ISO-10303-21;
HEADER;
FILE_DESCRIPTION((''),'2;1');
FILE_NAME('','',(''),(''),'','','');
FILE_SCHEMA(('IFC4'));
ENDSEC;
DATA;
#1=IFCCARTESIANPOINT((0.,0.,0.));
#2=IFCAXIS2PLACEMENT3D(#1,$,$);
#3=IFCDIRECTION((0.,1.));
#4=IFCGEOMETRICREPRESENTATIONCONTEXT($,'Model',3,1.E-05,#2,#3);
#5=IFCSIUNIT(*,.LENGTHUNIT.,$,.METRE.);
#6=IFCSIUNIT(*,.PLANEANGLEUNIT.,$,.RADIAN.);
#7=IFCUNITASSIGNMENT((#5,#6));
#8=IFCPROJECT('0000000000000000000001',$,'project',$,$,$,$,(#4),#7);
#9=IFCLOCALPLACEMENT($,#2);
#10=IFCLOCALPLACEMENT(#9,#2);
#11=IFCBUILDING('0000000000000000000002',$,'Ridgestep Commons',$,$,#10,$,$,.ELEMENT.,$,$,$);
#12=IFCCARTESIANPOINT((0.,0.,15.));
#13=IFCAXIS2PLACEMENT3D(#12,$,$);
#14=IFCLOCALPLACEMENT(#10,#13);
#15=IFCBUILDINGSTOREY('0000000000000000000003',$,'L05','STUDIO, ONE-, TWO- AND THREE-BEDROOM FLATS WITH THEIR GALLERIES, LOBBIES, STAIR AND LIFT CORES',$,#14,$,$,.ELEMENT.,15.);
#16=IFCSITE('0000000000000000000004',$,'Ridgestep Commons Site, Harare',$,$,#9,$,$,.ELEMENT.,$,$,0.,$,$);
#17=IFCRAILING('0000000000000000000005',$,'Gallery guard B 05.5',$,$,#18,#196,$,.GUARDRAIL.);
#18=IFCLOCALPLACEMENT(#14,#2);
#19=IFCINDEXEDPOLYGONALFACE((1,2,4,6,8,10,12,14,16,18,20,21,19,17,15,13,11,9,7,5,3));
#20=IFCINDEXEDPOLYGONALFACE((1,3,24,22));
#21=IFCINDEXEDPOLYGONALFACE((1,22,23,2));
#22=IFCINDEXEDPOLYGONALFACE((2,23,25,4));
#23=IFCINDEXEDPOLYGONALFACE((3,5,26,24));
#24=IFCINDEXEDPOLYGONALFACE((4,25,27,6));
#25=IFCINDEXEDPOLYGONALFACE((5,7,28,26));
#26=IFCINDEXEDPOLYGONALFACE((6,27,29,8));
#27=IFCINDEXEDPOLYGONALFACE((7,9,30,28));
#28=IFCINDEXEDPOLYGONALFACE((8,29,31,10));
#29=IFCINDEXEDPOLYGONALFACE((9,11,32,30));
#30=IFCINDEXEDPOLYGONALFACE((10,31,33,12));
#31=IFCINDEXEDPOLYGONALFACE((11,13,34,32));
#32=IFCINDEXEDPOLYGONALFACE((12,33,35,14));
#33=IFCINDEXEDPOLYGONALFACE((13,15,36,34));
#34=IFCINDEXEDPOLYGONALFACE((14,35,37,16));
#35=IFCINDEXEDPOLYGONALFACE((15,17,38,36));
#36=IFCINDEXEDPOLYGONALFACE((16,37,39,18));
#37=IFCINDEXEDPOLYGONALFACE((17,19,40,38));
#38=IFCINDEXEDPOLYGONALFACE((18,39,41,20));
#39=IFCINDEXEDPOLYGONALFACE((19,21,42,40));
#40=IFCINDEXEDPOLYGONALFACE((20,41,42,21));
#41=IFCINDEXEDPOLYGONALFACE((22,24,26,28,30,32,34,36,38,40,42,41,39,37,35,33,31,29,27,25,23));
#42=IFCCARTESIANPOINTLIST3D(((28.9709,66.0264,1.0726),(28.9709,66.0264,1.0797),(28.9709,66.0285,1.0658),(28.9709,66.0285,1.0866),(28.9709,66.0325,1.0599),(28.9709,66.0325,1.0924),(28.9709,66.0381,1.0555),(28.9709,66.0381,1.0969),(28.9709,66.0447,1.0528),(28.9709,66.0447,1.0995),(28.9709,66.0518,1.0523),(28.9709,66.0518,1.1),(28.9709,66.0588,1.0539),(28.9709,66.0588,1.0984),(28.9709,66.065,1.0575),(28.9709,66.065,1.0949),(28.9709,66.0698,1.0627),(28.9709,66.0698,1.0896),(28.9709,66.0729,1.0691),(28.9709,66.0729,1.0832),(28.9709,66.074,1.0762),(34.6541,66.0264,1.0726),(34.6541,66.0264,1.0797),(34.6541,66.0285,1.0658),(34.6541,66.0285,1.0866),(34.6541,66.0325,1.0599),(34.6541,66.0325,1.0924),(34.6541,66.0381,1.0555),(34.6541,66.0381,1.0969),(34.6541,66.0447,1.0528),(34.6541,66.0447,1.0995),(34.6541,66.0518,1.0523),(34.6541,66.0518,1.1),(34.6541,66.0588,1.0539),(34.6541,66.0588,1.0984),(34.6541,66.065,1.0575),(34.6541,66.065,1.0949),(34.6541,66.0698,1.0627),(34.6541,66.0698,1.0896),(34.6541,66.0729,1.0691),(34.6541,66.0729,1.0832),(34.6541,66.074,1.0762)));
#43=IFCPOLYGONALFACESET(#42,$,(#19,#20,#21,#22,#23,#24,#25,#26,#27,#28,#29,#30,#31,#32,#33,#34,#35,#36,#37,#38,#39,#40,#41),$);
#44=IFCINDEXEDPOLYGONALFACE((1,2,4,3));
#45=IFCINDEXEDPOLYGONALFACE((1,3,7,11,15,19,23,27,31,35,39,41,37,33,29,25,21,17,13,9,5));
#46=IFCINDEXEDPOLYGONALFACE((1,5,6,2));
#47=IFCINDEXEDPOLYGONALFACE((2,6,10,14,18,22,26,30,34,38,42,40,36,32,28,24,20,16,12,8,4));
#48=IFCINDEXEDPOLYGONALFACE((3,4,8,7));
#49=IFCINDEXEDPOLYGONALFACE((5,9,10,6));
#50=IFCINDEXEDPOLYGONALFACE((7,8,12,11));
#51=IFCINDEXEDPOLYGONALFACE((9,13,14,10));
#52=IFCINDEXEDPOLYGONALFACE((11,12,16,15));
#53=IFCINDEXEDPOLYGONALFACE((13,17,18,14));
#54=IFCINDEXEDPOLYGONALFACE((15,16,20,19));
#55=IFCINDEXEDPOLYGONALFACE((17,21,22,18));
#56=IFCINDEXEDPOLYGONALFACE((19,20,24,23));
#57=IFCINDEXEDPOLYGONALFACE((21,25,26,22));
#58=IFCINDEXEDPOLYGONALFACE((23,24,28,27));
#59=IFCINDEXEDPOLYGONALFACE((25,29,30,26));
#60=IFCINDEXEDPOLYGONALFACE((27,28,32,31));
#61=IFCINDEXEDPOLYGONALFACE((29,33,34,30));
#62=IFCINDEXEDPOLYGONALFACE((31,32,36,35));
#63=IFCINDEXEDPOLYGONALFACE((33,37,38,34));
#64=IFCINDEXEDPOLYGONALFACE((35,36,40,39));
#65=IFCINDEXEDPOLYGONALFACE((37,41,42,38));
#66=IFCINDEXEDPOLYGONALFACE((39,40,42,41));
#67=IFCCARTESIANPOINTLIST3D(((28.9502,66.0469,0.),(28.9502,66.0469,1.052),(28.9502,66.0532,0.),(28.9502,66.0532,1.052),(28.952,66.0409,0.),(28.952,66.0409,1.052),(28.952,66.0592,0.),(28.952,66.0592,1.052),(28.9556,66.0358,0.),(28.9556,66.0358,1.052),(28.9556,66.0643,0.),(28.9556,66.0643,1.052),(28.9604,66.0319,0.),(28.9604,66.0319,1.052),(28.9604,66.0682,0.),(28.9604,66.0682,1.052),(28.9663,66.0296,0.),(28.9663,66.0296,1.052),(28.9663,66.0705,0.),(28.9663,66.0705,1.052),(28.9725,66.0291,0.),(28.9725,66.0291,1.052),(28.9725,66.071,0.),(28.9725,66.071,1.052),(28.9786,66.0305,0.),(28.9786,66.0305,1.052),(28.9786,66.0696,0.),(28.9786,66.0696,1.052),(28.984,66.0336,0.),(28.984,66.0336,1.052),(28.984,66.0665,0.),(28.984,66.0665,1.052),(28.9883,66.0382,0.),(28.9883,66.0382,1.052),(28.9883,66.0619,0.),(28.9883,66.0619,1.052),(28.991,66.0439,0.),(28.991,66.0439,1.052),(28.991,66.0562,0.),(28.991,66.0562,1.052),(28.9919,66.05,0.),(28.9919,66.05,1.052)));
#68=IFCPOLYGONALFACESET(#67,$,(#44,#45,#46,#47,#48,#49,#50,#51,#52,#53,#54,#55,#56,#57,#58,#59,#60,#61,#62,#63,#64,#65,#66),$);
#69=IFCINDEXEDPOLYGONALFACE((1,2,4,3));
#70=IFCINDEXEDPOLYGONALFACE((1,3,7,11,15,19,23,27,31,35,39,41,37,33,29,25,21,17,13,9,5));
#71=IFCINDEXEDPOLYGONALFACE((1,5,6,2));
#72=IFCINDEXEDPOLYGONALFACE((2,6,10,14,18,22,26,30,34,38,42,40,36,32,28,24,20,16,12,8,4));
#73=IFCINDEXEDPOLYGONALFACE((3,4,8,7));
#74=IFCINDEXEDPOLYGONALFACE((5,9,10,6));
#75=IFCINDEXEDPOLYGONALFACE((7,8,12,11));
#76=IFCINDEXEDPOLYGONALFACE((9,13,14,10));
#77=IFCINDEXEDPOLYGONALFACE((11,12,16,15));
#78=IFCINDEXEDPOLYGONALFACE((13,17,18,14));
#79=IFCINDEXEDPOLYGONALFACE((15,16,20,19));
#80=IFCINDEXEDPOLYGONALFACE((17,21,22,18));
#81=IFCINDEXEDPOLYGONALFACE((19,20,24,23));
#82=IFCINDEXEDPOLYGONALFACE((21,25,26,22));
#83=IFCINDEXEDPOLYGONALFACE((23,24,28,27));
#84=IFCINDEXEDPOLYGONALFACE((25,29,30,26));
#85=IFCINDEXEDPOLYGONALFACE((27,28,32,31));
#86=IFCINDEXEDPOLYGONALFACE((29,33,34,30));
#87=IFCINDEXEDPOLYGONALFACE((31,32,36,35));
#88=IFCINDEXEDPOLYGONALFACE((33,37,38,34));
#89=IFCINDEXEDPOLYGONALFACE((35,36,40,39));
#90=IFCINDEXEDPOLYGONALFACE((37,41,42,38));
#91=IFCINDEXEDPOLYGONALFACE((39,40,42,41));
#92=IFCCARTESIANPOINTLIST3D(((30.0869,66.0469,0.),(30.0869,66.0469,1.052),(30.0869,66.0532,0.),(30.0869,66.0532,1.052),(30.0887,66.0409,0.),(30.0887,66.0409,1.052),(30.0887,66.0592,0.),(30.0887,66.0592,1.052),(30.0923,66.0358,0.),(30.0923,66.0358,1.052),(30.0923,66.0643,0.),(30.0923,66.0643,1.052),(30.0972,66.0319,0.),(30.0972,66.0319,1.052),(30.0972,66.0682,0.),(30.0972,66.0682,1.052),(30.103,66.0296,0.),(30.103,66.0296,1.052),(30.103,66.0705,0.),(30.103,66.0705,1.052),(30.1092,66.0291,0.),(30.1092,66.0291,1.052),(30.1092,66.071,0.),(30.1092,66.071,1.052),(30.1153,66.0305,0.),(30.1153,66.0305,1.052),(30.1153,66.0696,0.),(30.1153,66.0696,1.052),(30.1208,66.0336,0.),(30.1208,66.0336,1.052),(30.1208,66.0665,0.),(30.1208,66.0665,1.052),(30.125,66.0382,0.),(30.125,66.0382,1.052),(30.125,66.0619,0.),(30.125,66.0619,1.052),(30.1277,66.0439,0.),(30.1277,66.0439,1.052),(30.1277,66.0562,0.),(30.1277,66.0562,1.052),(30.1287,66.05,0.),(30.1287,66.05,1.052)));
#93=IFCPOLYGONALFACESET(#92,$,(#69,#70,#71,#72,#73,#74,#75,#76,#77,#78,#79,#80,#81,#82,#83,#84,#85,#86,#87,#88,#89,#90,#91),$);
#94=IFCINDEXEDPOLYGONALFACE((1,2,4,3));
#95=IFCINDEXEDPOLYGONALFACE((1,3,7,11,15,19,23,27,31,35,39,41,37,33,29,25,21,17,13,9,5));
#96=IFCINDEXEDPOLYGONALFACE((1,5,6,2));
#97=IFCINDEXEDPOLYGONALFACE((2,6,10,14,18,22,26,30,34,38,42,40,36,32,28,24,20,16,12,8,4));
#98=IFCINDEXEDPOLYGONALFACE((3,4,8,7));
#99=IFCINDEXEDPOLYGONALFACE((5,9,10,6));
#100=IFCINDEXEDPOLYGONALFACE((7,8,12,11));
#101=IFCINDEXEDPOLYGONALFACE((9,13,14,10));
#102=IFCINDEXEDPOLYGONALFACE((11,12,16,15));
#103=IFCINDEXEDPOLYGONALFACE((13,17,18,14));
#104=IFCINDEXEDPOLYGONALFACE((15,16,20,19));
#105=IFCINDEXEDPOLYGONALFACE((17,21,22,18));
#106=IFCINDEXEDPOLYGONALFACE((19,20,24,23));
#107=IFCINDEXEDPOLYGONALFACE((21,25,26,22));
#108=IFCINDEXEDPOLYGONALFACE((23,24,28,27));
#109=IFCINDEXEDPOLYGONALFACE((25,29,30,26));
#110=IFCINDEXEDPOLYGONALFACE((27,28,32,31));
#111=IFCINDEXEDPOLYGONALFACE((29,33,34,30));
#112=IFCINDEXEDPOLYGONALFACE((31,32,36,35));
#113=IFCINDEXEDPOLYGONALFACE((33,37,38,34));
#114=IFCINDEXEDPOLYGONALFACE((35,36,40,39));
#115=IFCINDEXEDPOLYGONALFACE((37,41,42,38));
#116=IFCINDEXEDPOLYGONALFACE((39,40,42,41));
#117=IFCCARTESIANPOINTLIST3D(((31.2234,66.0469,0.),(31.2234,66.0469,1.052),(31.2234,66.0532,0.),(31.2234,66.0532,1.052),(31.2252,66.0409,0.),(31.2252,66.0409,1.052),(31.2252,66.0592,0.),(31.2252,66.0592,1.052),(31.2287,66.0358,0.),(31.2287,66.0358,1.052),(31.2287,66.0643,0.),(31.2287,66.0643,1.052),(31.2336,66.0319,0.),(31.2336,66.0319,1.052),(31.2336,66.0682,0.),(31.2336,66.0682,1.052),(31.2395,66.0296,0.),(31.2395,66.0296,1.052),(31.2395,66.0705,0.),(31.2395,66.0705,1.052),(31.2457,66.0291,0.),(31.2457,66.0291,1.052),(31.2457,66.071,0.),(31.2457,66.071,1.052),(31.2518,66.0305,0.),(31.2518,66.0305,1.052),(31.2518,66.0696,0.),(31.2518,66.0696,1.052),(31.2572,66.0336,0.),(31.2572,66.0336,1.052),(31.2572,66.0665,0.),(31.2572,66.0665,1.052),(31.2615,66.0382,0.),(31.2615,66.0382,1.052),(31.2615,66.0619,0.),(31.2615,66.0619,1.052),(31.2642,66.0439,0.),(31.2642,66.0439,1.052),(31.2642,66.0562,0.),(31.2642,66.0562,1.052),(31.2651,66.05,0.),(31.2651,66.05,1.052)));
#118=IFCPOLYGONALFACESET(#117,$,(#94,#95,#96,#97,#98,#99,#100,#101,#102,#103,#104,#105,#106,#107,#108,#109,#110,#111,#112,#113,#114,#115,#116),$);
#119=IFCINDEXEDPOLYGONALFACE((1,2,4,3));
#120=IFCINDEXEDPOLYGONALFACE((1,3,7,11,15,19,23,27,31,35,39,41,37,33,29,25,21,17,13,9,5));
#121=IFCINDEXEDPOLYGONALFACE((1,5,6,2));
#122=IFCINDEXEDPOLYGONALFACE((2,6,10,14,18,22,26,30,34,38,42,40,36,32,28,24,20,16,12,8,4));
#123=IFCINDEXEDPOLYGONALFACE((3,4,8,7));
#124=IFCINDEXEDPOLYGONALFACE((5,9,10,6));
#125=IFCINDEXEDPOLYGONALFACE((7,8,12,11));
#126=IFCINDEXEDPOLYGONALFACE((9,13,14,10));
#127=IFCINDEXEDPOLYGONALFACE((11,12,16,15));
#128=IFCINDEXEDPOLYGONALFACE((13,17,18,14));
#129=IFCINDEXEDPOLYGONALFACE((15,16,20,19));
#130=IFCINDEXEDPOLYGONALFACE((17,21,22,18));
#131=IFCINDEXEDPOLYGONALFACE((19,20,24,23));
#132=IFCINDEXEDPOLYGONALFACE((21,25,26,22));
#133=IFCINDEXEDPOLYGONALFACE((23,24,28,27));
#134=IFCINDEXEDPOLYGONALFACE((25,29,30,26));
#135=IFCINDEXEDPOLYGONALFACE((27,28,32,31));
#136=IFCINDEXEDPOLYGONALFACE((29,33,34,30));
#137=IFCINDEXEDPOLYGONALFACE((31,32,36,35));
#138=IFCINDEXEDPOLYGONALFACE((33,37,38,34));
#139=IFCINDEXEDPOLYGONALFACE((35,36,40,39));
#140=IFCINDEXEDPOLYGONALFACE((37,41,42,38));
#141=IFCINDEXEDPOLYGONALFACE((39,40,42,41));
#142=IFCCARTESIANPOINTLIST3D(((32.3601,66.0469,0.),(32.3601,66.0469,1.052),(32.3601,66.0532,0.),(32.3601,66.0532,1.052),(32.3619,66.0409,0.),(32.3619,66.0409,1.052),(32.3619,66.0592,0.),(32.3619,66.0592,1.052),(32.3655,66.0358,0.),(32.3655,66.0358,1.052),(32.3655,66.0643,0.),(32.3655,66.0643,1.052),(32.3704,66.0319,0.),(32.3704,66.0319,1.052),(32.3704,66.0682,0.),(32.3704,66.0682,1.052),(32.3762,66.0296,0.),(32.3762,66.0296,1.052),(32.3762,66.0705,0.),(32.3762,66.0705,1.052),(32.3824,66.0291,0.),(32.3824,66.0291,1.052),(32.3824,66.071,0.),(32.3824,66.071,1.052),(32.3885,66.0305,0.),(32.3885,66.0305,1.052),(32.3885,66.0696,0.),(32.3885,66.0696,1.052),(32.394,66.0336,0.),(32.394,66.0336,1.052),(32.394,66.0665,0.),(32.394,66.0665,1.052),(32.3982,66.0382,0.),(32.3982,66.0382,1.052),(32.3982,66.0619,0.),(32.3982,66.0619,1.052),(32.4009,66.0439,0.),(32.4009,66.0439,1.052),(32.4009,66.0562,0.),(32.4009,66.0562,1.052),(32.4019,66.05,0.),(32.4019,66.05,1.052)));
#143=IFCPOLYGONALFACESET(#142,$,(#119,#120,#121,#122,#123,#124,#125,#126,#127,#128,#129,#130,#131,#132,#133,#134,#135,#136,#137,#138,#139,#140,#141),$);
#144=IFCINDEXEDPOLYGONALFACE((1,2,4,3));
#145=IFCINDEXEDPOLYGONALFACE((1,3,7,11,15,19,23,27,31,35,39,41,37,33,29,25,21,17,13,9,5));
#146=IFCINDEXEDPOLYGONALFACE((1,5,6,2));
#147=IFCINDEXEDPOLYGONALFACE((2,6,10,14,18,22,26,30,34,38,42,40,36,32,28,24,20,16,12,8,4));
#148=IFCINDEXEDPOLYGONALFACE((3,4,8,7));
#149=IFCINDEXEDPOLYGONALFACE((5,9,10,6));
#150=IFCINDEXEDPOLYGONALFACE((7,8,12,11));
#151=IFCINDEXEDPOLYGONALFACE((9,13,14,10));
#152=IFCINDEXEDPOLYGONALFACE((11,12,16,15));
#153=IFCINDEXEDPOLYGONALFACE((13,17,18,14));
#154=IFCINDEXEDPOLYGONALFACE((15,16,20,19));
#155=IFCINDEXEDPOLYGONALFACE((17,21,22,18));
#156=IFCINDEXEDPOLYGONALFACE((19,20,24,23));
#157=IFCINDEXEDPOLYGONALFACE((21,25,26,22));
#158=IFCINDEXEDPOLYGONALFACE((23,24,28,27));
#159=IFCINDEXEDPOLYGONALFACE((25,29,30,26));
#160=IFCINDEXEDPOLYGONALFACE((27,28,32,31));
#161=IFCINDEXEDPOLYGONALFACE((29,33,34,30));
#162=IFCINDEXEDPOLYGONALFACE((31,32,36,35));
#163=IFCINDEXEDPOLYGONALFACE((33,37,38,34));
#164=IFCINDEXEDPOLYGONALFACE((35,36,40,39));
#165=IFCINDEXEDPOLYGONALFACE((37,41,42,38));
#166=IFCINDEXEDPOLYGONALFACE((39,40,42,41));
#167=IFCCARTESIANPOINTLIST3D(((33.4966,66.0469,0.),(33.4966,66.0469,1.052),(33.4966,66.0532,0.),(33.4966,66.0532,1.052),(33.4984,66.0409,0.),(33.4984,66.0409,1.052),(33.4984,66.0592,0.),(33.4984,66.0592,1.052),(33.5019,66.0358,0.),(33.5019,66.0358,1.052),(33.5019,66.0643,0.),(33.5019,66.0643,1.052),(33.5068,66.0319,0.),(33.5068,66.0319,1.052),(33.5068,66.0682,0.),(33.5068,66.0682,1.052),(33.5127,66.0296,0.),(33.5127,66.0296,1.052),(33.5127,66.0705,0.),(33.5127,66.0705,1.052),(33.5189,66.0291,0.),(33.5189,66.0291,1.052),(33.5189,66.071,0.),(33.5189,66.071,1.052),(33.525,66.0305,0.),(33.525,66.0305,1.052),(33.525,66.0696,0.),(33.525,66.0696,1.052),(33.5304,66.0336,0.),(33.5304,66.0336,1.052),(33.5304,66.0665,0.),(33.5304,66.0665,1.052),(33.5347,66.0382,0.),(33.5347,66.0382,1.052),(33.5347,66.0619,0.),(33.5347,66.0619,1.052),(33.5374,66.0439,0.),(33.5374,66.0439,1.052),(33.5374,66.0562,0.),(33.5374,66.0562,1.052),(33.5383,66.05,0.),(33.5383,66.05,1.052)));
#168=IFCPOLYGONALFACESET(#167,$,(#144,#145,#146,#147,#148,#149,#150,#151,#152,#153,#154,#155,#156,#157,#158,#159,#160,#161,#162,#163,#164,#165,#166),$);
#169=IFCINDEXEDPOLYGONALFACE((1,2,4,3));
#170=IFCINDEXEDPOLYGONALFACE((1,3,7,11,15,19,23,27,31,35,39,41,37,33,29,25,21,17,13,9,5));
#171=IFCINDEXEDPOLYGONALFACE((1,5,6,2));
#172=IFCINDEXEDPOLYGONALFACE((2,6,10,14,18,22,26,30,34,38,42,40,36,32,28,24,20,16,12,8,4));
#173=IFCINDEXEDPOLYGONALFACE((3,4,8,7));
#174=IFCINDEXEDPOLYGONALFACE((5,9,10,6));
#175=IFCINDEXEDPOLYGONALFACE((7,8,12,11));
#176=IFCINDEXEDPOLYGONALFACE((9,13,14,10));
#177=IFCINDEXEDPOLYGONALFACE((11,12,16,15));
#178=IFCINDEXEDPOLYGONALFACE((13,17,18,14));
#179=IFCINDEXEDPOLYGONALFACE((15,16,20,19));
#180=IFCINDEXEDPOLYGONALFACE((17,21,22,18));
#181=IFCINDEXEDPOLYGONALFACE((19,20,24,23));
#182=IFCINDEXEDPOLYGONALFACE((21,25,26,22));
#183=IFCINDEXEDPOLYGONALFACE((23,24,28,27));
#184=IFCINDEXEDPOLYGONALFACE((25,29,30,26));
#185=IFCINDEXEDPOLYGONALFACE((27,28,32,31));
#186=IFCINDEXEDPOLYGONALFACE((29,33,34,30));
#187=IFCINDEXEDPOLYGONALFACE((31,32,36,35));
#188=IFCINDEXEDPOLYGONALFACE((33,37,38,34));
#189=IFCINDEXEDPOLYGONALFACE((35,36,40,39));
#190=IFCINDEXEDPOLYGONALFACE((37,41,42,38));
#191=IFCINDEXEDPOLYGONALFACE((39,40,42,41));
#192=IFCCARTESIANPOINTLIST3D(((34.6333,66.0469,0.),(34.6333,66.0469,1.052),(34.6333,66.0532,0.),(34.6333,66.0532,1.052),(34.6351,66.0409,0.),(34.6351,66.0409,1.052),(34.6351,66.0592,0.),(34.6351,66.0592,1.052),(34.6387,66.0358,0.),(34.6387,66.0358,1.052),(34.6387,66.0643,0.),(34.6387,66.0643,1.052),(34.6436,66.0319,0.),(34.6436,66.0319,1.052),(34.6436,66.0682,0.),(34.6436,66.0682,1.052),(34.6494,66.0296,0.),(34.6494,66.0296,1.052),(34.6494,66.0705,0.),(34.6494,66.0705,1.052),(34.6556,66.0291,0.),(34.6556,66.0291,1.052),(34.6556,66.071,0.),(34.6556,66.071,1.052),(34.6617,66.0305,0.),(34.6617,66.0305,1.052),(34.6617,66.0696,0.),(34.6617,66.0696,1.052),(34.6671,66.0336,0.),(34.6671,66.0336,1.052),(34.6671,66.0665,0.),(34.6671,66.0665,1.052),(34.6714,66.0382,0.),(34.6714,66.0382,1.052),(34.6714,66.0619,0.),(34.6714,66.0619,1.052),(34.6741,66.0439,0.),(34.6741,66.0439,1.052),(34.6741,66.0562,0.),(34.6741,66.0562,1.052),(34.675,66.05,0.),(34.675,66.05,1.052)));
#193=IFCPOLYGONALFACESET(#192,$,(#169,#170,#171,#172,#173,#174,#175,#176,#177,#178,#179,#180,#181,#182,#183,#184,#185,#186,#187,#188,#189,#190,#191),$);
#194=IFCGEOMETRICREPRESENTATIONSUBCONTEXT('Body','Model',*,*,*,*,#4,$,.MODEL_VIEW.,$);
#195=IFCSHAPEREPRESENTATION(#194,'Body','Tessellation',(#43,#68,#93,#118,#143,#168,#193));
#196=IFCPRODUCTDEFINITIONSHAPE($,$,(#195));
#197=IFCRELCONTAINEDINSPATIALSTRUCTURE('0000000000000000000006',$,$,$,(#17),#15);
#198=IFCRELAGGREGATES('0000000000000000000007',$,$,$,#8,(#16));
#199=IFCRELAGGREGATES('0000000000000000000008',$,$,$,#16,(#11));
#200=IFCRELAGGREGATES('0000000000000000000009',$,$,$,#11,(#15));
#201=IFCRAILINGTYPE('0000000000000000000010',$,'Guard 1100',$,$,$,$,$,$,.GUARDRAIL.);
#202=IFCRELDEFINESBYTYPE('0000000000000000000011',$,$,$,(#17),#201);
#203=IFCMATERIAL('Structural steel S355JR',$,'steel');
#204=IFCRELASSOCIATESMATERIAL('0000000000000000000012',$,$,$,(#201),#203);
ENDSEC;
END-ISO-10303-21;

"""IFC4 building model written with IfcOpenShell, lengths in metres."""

from ifc_helpers import new_model, si_unit, direction, frame, origin, origin_2d, place, context, subcontext, project, spatial, circle, extrude, material, type_object, element, save


model = new_model("IFC4")

# Units and contexts
model_context = context("Model", 3, precision=1e-05, world=origin(), true_north=direction((0.0, 1.0)))
body_context = subcontext(model_context, "Body", "Model", "MODEL_VIEW")
ifc_project = project(units=[si_unit("LENGTHUNIT", "METRE"), si_unit("PLANEANGLEUNIT", "RADIAN")], contexts=[model_context])

# Site, building, storey
site_placement = place(None, origin())
site = spatial("IfcSite", under=ifc_project, at=site_placement, Name="Ridgestep Commons Site, Harare", CompositionType="ELEMENT", RefElevation=0.0)
building_placement = place(site_placement, origin())
building = spatial("IfcBuilding", under=site, at=building_placement, Name="Ridgestep Commons", CompositionType="ELEMENT")
storey_placement = place(building_placement, frame((0.0, 0.0, 15.0)))
storey = spatial("IfcBuildingStorey", under=building, at=storey_placement, Name="L05", Description="STUDIO, ONE-, TWO- AND THREE-BEDROOM FLATS WITH THEIR GALLERIES, LOBBIES, STAIR AND LIFT CORES", CompositionType="ELEMENT", Elevation=15.0)

# Railing
ifc_material_1 = material(Name="Structural steel S355JR", Category="steel")
railing_type = type_object("IfcRailingType", Name="Guard 1100", PredefinedType="GUARDRAIL", material=ifc_material_1)
railing_1_placement = place(storey_placement, frame((28.9709, 66.05, 0.0)))
element("IfcRailing", 1, at=railing_1_placement, inside=storey, type_object=railing_type, Name="Gallery guard B 05.5", PredefinedType="GUARDRAIL", context=body_context, shape_type="SweptSolid", body=[
    extrude(circle(Radius=0.0239, at=origin_2d()), frame((0.0, 0.0, 1.0762), z_axis=(1.0, 0.0, 0.0), x_axis=(0.0, 1.0, 0.0)), (0.0, 0.0, 1.0), 5.6831),
    extrude(circle(Radius=0.021, at=origin_2d()), origin(), (0.0, 0.0, 1.0), 1.052),
    extrude(circle(Radius=0.021, at=origin_2d()), frame((1.1367, 0.0, 0.0)), (0.0, 0.0, 1.0), 1.052),
    extrude(circle(Radius=0.021, at=origin_2d()), frame((2.2732, 0.0, 0.0)), (0.0, 0.0, 1.0), 1.052),
    extrude(circle(Radius=0.021, at=origin_2d()), frame((3.4099, 0.0, 0.0)), (0.0, 0.0, 1.0), 1.052),
    extrude(circle(Radius=0.021, at=origin_2d()), frame((4.5464, 0.0, 0.0)), (0.0, 0.0, 1.0), 1.052),
    extrude(circle(Radius=0.021, at=origin_2d()), frame((5.6831, 0.0, 0.0)), (0.0, 0.0, 1.0), 1.052),
])

save(model, "model.ifc")
